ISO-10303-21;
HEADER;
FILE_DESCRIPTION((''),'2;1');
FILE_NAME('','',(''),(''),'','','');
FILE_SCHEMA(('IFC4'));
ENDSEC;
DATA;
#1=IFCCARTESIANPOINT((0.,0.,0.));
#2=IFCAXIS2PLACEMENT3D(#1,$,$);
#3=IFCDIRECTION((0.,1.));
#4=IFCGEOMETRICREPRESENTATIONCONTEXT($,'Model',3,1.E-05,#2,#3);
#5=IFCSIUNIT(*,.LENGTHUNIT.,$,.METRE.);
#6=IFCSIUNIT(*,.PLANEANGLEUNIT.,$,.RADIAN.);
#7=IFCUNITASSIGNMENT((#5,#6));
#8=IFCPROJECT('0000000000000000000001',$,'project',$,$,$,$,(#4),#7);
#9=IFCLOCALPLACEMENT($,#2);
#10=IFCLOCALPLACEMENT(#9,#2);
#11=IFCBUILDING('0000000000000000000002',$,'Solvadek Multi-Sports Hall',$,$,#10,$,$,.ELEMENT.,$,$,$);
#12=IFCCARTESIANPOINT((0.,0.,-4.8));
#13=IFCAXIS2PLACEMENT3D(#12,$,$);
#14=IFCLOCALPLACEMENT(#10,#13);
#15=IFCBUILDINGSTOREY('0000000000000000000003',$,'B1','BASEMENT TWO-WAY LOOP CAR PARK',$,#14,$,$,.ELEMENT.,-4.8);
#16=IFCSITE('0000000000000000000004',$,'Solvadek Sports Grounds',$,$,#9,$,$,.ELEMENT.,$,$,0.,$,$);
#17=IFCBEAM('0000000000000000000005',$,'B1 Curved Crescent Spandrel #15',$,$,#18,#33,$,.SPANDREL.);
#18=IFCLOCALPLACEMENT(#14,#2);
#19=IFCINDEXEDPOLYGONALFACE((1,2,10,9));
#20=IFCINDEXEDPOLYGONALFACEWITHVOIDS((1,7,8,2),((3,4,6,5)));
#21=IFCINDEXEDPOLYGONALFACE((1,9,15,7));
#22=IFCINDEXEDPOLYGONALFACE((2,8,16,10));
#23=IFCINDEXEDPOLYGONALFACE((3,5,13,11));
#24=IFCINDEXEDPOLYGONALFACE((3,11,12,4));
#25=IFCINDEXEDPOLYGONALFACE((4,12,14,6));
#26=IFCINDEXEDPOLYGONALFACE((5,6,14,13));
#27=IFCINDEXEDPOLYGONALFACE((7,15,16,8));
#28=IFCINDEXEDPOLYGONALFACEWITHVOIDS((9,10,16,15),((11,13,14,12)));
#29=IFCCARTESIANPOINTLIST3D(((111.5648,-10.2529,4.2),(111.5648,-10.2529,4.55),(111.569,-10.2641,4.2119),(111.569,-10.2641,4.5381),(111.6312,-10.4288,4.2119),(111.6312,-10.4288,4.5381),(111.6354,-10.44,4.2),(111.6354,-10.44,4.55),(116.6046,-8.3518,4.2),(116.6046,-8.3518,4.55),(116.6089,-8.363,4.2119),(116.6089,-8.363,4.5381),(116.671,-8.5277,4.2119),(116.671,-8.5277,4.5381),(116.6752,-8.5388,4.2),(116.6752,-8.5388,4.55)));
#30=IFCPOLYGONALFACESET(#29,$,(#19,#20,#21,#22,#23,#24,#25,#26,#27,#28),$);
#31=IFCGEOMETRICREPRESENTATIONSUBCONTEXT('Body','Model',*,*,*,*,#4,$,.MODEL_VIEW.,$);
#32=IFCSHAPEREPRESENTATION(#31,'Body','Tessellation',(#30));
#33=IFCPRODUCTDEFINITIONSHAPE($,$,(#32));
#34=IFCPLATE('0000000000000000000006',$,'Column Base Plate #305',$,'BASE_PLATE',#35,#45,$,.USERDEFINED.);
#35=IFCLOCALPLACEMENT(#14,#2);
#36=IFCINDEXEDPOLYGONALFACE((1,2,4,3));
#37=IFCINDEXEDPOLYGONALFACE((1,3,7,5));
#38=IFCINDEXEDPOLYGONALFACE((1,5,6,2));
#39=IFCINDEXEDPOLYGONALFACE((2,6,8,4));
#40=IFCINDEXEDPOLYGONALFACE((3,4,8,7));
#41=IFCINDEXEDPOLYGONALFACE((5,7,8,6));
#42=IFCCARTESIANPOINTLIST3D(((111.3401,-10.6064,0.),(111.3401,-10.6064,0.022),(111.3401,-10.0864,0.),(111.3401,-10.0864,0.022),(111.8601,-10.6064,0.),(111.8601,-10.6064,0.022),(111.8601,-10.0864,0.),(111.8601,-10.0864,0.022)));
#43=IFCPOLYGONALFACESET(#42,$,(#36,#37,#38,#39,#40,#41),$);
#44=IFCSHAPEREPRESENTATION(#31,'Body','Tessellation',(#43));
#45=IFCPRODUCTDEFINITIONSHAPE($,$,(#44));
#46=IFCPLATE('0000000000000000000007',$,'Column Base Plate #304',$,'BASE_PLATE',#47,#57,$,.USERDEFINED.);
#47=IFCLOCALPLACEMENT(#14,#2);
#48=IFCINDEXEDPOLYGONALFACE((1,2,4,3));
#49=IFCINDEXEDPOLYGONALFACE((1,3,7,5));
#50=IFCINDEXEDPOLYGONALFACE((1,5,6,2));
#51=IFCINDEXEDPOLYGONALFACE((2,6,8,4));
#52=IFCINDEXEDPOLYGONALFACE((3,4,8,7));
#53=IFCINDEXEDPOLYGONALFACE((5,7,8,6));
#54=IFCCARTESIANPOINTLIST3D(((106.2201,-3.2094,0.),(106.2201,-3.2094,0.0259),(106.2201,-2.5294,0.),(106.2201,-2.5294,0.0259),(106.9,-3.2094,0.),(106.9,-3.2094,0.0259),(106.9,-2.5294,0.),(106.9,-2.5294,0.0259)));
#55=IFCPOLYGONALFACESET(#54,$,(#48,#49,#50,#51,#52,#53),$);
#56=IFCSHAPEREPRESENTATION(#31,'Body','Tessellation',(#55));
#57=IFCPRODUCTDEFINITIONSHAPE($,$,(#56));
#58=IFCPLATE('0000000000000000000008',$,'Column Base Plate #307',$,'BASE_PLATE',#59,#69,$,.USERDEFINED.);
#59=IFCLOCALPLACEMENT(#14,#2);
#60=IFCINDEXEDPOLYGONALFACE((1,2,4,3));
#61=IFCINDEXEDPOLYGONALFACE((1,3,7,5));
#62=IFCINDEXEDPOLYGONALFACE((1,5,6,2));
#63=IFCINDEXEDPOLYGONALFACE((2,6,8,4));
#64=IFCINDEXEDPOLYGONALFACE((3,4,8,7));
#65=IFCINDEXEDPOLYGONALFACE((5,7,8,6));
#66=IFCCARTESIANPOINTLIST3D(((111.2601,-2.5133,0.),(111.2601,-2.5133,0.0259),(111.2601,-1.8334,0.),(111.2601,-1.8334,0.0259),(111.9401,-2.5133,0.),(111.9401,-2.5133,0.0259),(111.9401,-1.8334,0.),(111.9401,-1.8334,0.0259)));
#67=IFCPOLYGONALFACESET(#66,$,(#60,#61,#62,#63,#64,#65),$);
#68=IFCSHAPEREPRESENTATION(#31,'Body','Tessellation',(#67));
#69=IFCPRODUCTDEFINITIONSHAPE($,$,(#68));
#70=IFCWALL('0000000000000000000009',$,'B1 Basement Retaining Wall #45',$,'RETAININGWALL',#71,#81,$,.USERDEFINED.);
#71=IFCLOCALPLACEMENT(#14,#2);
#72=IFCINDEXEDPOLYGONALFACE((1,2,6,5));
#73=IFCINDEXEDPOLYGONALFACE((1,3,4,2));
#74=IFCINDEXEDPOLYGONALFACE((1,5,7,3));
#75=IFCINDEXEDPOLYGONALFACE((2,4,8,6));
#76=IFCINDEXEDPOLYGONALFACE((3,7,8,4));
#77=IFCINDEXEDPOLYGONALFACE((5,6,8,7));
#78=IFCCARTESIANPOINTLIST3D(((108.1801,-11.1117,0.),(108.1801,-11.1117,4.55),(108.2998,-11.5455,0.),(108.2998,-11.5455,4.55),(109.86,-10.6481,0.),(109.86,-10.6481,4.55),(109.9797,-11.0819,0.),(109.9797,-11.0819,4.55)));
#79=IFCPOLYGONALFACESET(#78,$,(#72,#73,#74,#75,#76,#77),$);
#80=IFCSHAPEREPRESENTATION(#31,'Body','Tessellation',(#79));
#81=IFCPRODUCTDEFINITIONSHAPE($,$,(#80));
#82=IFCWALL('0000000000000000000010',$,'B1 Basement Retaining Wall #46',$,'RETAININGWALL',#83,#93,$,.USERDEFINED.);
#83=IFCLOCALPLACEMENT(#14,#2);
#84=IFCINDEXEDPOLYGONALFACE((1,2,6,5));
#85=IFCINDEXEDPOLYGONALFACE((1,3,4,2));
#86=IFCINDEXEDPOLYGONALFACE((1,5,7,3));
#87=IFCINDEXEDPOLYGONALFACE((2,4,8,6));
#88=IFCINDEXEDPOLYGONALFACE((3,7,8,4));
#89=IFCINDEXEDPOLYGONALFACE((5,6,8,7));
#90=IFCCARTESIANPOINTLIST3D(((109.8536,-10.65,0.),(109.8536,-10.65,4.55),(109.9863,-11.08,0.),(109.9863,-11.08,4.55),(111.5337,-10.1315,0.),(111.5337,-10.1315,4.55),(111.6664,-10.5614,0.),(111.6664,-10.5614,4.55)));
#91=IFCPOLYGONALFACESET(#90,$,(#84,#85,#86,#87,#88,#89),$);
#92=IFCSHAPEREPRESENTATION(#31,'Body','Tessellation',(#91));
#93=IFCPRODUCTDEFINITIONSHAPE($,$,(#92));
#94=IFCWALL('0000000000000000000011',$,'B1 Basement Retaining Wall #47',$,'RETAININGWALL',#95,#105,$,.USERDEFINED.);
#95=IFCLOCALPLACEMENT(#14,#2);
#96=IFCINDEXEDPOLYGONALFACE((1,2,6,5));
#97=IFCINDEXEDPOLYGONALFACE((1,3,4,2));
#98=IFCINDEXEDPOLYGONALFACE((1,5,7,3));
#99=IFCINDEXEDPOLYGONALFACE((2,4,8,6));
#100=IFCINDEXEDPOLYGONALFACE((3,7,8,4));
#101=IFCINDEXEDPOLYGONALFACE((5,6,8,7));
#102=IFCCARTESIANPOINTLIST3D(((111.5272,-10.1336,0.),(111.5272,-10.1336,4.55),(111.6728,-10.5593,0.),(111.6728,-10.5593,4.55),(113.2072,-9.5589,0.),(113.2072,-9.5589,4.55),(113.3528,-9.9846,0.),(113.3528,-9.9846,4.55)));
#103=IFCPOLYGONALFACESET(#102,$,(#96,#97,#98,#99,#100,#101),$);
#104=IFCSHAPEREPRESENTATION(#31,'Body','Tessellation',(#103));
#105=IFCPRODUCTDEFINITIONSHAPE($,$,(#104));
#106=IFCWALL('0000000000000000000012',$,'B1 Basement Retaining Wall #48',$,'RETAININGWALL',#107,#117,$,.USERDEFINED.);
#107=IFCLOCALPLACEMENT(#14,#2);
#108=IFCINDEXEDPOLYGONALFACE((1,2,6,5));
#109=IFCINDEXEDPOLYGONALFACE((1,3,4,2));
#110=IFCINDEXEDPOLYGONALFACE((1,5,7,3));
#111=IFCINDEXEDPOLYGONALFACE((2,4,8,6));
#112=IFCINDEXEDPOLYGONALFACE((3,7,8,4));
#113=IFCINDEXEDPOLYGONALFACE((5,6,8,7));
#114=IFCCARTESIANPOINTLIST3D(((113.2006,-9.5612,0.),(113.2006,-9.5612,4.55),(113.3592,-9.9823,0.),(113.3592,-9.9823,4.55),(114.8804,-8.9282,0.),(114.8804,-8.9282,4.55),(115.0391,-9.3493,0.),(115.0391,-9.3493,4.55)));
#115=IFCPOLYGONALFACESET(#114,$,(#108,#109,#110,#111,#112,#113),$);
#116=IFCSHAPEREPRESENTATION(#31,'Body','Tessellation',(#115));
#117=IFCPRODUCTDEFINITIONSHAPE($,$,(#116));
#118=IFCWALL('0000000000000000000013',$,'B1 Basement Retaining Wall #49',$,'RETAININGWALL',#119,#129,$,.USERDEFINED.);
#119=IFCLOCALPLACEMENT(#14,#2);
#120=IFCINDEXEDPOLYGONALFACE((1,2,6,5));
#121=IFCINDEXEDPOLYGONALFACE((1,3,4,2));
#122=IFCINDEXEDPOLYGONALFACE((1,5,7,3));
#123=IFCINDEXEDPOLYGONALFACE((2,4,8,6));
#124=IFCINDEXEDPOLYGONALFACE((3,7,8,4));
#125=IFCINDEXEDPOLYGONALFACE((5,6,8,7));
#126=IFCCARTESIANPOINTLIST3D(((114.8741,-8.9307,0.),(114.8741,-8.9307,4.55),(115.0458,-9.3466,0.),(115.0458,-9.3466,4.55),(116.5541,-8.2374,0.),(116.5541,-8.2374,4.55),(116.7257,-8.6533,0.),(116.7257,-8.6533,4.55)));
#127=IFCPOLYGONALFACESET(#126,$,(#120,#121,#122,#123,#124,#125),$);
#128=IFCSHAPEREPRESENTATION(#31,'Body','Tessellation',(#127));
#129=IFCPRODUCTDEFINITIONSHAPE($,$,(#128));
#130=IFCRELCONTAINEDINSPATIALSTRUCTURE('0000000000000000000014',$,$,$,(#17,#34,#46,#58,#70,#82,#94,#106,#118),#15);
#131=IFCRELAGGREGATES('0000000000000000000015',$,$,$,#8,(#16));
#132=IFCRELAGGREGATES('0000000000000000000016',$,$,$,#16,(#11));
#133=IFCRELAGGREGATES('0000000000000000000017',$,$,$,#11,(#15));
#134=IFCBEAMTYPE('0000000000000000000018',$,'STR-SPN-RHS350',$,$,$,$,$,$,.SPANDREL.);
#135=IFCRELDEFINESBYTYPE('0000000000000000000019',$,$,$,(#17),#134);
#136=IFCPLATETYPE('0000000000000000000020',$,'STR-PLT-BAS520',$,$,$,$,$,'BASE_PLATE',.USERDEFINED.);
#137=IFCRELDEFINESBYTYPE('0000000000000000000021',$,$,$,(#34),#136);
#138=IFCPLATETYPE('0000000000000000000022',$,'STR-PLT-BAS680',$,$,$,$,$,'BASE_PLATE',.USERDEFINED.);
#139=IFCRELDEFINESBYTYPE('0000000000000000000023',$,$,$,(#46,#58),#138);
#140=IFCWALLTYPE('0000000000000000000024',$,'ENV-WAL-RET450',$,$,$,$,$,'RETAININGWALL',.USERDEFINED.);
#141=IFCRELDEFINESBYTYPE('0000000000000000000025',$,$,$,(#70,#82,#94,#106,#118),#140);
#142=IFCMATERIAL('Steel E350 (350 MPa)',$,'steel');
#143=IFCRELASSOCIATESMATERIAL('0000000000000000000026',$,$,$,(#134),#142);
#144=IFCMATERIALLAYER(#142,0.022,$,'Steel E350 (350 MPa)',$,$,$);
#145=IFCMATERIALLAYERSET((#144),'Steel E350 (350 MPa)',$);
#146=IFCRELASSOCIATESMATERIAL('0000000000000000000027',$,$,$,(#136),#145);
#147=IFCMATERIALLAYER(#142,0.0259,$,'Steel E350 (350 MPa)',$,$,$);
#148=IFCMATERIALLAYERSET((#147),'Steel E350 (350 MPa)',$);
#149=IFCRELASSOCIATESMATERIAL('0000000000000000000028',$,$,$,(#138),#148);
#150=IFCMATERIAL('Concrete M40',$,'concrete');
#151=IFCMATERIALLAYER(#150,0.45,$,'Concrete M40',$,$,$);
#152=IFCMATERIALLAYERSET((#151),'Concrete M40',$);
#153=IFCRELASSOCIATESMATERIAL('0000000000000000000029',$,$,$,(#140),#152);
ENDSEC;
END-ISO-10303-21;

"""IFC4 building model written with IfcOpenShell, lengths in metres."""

from ifc_helpers import new_model, si_unit, direction, frame, frame_2d, origin, origin_2d, place, context, subcontext, project, spatial, rectangle, hollow_rectangle, extrude, material, layer, layer_set, material_profile, profile_set, type_object, element, save


model = new_model("IFC4")

# Units and contexts
model_context = context("Model", 3, precision=1e-05, world=origin(), true_north=direction((0.0, 1.0)))
body_context = subcontext(model_context, "Body", "Model", "MODEL_VIEW")
ifc_project = project(units=[si_unit("LENGTHUNIT", "METRE"), si_unit("PLANEANGLEUNIT", "RADIAN")], contexts=[model_context])

# Site, building, storey
site_placement = place(None, origin())
site = spatial("IfcSite", under=ifc_project, at=site_placement, Name="Solvadek Sports Grounds", CompositionType="ELEMENT", RefElevation=0.0)
building_placement = place(site_placement, origin())
building = spatial("IfcBuilding", under=site, at=building_placement, Name="Solvadek Multi-Sports Hall", CompositionType="ELEMENT")
storey_placement = place(building_placement, frame((0.0, 0.0, -4.8)))
storey = spatial("IfcBuildingStorey", under=building, at=storey_placement, Name="B1", Description="BASEMENT TWO-WAY LOOP CAR PARK", CompositionType="ELEMENT", Elevation=-4.8)

# Shared definitions
ifc_material_1 = material(Name="Concrete M40", Category="concrete")

# Shared definitions
ifc_material_2 = material(Name="Steel E350 (350 MPa)", Category="steel")

# Beam
ifc_material_profile_1 = material_profile(ifc_material_2, hollow_rectangle(XDim=0.2, YDim=0.3501, WallThickness=0.012, at=origin_2d()), Name="RHS 350x200x12")
ifc_profile_set_1 = profile_set([ifc_material_profile_1], Name="Steel E350 (350 MPa)")
beam_type_1 = type_object("IfcBeamType", Name="STR-SPN-RHS350", PredefinedType="SPANDREL", material=ifc_profile_set_1)
beam_1_placement = place(storey_placement, frame((111.6001, -10.3464, 4.375), z_axis=(0.935644, 0.352946, 0.0), x_axis=(-0.352946, 0.935644, 0.0)))
element("IfcBeam", 1, at=beam_1_placement, inside=storey, type_object=beam_type_1, Name="B1 Curved Crescent Spandrel #15", PredefinedType="SPANDREL", context=body_context, shape_type="SweptSolid", body=[
    extrude(hollow_rectangle(XDim=0.2, YDim=0.3501, WallThickness=0.012, at=origin_2d()), origin(), (0.0, 0.0, 1.0), 5.3865),
])

# Plates
ifc_layer_1 = layer(ifc_material_2, 0.022, Name="Steel E350 (350 MPa)")
ifc_layer_set_1 = layer_set([ifc_layer_1], Name="Steel E350 (350 MPa)")
plate_type_1 = type_object("IfcPlateType", Name="STR-PLT-BAS520", ElementType="BASE_PLATE", PredefinedType="USERDEFINED", material=ifc_layer_set_1)
plate_placement = place(storey_placement, frame((111.6001, -10.3464, 0.0), z_axis=(0.0, 0.0, 1.0), x_axis=(1.0, 0.0, 0.0)))
element("IfcPlate", 2, at=plate_placement, inside=storey, type_object=plate_type_1, Name="Column Base Plate #305", ObjectType="BASE_PLATE", PredefinedType="USERDEFINED", context=body_context, shape_type="SweptSolid", body=[
    extrude(rectangle(XDim=0.52, YDim=0.52, at=origin_2d()), origin(), (0.0, 0.0, 1.0), 0.022),
])
ifc_layer_2 = layer(ifc_material_2, 0.0259, Name="Steel E350 (350 MPa)")
ifc_layer_set_2 = layer_set([ifc_layer_2], Name="Steel E350 (350 MPa)")
plate_type_2 = type_object("IfcPlateType", Name="STR-PLT-BAS680", ElementType="BASE_PLATE", PredefinedType="USERDEFINED", material=ifc_layer_set_2)
for number, where, z_axis, x_axis, name in (
    (3, (106.5601, -2.8694, 0.0), (0.0, 0.0, 1.0), (1.0, 0.0, 0.0), "Column Base Plate #304"),
    (4, (111.6001, -2.1733, 0.0), (0.0, 0.0, 1.0), (1.0, 0.0, 0.0), "Column Base Plate #307"),
):
    element("IfcPlate", number, at=place(storey_placement, frame(where, z_axis=z_axis, x_axis=x_axis)), inside=storey, type_object=plate_type_2, Name=name, ObjectType="BASE_PLATE", PredefinedType="USERDEFINED", context=body_context, shape_type="SweptSolid", body=[
        extrude(rectangle(XDim=0.6799, YDim=0.6799, at=origin_2d()), origin(), (0.0, 0.0, 1.0), 0.0259),
    ])

# Walls
ifc_layer_3 = layer(ifc_material_1, 0.45, Name="Concrete M40")
ifc_layer_set_3 = layer_set([ifc_layer_3], Name="Concrete M40")
wall_type = type_object("IfcWallType", Name="ENV-WAL-RET450", ElementType="RETAININGWALL", PredefinedType="USERDEFINED", material=ifc_layer_set_3)
wall_1_placement = place(storey_placement, frame((108.24, -11.3286, 0.0), z_axis=(0.0, 0.0, 1.0), x_axis=(0.963964, 0.266032, 0.0)))
element("IfcWall", 5, at=wall_1_placement, inside=storey, type_object=wall_type, Name="B1 Basement Retaining Wall #45", ObjectType="RETAININGWALL", PredefinedType="USERDEFINED", context=body_context, shape_type="SweptSolid", body=[
    extrude(rectangle(XDim=1.7427, YDim=0.45, at=frame_2d((0.8713, 0.0))), origin(), (0.0, 0.0, 1.0), 4.55),
])
wall_2_placement = place(storey_placement, frame((109.9199, -10.865, 0.0), z_axis=(0.0, 0.0, 1.0), x_axis=(0.955526, 0.294905, 0.0)))
element("IfcWall", 6, at=wall_2_placement, inside=storey, type_object=wall_type, Name="B1 Basement Retaining Wall #46", ObjectType="RETAININGWALL", PredefinedType="USERDEFINED", context=body_context, shape_type="SweptSolid", body=[
    extrude(rectangle(XDim=1.7583, YDim=0.45, at=frame_2d((0.8792, 0.0))), origin(), (0.0, 0.0, 1.0), 4.55),
])
wall_3_placement = place(storey_placement, frame((111.6001, -10.3464, 0.0), z_axis=(0.0, 0.0, 1.0), x_axis=(0.946165, 0.323684, 0.0)))
element("IfcWall", 7, at=wall_3_placement, inside=storey, type_object=wall_type, Name="B1 Basement Retaining Wall #47", ObjectType="RETAININGWALL", PredefinedType="USERDEFINED", context=body_context, shape_type="SweptSolid", body=[
    extrude(rectangle(XDim=1.7756, YDim=0.45, at=frame_2d((0.8877, 0.0))), origin(), (0.0, 0.0, 1.0), 4.55),
])
wall_4_placement = place(storey_placement, frame((113.28, -9.7717, 0.0), z_axis=(0.0, 0.0, 1.0), x_axis=(0.935764, 0.352628, 0.0)))
element("IfcWall", 8, at=wall_4_placement, inside=storey, type_object=wall_type, Name="B1 Basement Retaining Wall #48", ObjectType="RETAININGWALL", PredefinedType="USERDEFINED", context=body_context, shape_type="SweptSolid", body=[
    extrude(rectangle(XDim=1.7952, YDim=0.45, at=frame_2d((0.8975, 0.0))), origin(), (0.0, 0.0, 1.0), 4.55),
])
wall_5_placement = place(storey_placement, frame((114.96, -9.1387, 0.0), z_axis=(0.0, 0.0, 1.0), x_axis=(0.924363, 0.381513, 0.0)))
element("IfcWall", 9, at=wall_5_placement, inside=storey, type_object=wall_type, Name="B1 Basement Retaining Wall #49", ObjectType="RETAININGWALL", PredefinedType="USERDEFINED", context=body_context, shape_type="SweptSolid", body=[
    extrude(rectangle(XDim=1.8174, YDim=0.45, at=frame_2d((0.9087, 0.0))), origin(), (0.0, 0.0, 1.0), 4.55),
])

save(model, "model.ifc")
